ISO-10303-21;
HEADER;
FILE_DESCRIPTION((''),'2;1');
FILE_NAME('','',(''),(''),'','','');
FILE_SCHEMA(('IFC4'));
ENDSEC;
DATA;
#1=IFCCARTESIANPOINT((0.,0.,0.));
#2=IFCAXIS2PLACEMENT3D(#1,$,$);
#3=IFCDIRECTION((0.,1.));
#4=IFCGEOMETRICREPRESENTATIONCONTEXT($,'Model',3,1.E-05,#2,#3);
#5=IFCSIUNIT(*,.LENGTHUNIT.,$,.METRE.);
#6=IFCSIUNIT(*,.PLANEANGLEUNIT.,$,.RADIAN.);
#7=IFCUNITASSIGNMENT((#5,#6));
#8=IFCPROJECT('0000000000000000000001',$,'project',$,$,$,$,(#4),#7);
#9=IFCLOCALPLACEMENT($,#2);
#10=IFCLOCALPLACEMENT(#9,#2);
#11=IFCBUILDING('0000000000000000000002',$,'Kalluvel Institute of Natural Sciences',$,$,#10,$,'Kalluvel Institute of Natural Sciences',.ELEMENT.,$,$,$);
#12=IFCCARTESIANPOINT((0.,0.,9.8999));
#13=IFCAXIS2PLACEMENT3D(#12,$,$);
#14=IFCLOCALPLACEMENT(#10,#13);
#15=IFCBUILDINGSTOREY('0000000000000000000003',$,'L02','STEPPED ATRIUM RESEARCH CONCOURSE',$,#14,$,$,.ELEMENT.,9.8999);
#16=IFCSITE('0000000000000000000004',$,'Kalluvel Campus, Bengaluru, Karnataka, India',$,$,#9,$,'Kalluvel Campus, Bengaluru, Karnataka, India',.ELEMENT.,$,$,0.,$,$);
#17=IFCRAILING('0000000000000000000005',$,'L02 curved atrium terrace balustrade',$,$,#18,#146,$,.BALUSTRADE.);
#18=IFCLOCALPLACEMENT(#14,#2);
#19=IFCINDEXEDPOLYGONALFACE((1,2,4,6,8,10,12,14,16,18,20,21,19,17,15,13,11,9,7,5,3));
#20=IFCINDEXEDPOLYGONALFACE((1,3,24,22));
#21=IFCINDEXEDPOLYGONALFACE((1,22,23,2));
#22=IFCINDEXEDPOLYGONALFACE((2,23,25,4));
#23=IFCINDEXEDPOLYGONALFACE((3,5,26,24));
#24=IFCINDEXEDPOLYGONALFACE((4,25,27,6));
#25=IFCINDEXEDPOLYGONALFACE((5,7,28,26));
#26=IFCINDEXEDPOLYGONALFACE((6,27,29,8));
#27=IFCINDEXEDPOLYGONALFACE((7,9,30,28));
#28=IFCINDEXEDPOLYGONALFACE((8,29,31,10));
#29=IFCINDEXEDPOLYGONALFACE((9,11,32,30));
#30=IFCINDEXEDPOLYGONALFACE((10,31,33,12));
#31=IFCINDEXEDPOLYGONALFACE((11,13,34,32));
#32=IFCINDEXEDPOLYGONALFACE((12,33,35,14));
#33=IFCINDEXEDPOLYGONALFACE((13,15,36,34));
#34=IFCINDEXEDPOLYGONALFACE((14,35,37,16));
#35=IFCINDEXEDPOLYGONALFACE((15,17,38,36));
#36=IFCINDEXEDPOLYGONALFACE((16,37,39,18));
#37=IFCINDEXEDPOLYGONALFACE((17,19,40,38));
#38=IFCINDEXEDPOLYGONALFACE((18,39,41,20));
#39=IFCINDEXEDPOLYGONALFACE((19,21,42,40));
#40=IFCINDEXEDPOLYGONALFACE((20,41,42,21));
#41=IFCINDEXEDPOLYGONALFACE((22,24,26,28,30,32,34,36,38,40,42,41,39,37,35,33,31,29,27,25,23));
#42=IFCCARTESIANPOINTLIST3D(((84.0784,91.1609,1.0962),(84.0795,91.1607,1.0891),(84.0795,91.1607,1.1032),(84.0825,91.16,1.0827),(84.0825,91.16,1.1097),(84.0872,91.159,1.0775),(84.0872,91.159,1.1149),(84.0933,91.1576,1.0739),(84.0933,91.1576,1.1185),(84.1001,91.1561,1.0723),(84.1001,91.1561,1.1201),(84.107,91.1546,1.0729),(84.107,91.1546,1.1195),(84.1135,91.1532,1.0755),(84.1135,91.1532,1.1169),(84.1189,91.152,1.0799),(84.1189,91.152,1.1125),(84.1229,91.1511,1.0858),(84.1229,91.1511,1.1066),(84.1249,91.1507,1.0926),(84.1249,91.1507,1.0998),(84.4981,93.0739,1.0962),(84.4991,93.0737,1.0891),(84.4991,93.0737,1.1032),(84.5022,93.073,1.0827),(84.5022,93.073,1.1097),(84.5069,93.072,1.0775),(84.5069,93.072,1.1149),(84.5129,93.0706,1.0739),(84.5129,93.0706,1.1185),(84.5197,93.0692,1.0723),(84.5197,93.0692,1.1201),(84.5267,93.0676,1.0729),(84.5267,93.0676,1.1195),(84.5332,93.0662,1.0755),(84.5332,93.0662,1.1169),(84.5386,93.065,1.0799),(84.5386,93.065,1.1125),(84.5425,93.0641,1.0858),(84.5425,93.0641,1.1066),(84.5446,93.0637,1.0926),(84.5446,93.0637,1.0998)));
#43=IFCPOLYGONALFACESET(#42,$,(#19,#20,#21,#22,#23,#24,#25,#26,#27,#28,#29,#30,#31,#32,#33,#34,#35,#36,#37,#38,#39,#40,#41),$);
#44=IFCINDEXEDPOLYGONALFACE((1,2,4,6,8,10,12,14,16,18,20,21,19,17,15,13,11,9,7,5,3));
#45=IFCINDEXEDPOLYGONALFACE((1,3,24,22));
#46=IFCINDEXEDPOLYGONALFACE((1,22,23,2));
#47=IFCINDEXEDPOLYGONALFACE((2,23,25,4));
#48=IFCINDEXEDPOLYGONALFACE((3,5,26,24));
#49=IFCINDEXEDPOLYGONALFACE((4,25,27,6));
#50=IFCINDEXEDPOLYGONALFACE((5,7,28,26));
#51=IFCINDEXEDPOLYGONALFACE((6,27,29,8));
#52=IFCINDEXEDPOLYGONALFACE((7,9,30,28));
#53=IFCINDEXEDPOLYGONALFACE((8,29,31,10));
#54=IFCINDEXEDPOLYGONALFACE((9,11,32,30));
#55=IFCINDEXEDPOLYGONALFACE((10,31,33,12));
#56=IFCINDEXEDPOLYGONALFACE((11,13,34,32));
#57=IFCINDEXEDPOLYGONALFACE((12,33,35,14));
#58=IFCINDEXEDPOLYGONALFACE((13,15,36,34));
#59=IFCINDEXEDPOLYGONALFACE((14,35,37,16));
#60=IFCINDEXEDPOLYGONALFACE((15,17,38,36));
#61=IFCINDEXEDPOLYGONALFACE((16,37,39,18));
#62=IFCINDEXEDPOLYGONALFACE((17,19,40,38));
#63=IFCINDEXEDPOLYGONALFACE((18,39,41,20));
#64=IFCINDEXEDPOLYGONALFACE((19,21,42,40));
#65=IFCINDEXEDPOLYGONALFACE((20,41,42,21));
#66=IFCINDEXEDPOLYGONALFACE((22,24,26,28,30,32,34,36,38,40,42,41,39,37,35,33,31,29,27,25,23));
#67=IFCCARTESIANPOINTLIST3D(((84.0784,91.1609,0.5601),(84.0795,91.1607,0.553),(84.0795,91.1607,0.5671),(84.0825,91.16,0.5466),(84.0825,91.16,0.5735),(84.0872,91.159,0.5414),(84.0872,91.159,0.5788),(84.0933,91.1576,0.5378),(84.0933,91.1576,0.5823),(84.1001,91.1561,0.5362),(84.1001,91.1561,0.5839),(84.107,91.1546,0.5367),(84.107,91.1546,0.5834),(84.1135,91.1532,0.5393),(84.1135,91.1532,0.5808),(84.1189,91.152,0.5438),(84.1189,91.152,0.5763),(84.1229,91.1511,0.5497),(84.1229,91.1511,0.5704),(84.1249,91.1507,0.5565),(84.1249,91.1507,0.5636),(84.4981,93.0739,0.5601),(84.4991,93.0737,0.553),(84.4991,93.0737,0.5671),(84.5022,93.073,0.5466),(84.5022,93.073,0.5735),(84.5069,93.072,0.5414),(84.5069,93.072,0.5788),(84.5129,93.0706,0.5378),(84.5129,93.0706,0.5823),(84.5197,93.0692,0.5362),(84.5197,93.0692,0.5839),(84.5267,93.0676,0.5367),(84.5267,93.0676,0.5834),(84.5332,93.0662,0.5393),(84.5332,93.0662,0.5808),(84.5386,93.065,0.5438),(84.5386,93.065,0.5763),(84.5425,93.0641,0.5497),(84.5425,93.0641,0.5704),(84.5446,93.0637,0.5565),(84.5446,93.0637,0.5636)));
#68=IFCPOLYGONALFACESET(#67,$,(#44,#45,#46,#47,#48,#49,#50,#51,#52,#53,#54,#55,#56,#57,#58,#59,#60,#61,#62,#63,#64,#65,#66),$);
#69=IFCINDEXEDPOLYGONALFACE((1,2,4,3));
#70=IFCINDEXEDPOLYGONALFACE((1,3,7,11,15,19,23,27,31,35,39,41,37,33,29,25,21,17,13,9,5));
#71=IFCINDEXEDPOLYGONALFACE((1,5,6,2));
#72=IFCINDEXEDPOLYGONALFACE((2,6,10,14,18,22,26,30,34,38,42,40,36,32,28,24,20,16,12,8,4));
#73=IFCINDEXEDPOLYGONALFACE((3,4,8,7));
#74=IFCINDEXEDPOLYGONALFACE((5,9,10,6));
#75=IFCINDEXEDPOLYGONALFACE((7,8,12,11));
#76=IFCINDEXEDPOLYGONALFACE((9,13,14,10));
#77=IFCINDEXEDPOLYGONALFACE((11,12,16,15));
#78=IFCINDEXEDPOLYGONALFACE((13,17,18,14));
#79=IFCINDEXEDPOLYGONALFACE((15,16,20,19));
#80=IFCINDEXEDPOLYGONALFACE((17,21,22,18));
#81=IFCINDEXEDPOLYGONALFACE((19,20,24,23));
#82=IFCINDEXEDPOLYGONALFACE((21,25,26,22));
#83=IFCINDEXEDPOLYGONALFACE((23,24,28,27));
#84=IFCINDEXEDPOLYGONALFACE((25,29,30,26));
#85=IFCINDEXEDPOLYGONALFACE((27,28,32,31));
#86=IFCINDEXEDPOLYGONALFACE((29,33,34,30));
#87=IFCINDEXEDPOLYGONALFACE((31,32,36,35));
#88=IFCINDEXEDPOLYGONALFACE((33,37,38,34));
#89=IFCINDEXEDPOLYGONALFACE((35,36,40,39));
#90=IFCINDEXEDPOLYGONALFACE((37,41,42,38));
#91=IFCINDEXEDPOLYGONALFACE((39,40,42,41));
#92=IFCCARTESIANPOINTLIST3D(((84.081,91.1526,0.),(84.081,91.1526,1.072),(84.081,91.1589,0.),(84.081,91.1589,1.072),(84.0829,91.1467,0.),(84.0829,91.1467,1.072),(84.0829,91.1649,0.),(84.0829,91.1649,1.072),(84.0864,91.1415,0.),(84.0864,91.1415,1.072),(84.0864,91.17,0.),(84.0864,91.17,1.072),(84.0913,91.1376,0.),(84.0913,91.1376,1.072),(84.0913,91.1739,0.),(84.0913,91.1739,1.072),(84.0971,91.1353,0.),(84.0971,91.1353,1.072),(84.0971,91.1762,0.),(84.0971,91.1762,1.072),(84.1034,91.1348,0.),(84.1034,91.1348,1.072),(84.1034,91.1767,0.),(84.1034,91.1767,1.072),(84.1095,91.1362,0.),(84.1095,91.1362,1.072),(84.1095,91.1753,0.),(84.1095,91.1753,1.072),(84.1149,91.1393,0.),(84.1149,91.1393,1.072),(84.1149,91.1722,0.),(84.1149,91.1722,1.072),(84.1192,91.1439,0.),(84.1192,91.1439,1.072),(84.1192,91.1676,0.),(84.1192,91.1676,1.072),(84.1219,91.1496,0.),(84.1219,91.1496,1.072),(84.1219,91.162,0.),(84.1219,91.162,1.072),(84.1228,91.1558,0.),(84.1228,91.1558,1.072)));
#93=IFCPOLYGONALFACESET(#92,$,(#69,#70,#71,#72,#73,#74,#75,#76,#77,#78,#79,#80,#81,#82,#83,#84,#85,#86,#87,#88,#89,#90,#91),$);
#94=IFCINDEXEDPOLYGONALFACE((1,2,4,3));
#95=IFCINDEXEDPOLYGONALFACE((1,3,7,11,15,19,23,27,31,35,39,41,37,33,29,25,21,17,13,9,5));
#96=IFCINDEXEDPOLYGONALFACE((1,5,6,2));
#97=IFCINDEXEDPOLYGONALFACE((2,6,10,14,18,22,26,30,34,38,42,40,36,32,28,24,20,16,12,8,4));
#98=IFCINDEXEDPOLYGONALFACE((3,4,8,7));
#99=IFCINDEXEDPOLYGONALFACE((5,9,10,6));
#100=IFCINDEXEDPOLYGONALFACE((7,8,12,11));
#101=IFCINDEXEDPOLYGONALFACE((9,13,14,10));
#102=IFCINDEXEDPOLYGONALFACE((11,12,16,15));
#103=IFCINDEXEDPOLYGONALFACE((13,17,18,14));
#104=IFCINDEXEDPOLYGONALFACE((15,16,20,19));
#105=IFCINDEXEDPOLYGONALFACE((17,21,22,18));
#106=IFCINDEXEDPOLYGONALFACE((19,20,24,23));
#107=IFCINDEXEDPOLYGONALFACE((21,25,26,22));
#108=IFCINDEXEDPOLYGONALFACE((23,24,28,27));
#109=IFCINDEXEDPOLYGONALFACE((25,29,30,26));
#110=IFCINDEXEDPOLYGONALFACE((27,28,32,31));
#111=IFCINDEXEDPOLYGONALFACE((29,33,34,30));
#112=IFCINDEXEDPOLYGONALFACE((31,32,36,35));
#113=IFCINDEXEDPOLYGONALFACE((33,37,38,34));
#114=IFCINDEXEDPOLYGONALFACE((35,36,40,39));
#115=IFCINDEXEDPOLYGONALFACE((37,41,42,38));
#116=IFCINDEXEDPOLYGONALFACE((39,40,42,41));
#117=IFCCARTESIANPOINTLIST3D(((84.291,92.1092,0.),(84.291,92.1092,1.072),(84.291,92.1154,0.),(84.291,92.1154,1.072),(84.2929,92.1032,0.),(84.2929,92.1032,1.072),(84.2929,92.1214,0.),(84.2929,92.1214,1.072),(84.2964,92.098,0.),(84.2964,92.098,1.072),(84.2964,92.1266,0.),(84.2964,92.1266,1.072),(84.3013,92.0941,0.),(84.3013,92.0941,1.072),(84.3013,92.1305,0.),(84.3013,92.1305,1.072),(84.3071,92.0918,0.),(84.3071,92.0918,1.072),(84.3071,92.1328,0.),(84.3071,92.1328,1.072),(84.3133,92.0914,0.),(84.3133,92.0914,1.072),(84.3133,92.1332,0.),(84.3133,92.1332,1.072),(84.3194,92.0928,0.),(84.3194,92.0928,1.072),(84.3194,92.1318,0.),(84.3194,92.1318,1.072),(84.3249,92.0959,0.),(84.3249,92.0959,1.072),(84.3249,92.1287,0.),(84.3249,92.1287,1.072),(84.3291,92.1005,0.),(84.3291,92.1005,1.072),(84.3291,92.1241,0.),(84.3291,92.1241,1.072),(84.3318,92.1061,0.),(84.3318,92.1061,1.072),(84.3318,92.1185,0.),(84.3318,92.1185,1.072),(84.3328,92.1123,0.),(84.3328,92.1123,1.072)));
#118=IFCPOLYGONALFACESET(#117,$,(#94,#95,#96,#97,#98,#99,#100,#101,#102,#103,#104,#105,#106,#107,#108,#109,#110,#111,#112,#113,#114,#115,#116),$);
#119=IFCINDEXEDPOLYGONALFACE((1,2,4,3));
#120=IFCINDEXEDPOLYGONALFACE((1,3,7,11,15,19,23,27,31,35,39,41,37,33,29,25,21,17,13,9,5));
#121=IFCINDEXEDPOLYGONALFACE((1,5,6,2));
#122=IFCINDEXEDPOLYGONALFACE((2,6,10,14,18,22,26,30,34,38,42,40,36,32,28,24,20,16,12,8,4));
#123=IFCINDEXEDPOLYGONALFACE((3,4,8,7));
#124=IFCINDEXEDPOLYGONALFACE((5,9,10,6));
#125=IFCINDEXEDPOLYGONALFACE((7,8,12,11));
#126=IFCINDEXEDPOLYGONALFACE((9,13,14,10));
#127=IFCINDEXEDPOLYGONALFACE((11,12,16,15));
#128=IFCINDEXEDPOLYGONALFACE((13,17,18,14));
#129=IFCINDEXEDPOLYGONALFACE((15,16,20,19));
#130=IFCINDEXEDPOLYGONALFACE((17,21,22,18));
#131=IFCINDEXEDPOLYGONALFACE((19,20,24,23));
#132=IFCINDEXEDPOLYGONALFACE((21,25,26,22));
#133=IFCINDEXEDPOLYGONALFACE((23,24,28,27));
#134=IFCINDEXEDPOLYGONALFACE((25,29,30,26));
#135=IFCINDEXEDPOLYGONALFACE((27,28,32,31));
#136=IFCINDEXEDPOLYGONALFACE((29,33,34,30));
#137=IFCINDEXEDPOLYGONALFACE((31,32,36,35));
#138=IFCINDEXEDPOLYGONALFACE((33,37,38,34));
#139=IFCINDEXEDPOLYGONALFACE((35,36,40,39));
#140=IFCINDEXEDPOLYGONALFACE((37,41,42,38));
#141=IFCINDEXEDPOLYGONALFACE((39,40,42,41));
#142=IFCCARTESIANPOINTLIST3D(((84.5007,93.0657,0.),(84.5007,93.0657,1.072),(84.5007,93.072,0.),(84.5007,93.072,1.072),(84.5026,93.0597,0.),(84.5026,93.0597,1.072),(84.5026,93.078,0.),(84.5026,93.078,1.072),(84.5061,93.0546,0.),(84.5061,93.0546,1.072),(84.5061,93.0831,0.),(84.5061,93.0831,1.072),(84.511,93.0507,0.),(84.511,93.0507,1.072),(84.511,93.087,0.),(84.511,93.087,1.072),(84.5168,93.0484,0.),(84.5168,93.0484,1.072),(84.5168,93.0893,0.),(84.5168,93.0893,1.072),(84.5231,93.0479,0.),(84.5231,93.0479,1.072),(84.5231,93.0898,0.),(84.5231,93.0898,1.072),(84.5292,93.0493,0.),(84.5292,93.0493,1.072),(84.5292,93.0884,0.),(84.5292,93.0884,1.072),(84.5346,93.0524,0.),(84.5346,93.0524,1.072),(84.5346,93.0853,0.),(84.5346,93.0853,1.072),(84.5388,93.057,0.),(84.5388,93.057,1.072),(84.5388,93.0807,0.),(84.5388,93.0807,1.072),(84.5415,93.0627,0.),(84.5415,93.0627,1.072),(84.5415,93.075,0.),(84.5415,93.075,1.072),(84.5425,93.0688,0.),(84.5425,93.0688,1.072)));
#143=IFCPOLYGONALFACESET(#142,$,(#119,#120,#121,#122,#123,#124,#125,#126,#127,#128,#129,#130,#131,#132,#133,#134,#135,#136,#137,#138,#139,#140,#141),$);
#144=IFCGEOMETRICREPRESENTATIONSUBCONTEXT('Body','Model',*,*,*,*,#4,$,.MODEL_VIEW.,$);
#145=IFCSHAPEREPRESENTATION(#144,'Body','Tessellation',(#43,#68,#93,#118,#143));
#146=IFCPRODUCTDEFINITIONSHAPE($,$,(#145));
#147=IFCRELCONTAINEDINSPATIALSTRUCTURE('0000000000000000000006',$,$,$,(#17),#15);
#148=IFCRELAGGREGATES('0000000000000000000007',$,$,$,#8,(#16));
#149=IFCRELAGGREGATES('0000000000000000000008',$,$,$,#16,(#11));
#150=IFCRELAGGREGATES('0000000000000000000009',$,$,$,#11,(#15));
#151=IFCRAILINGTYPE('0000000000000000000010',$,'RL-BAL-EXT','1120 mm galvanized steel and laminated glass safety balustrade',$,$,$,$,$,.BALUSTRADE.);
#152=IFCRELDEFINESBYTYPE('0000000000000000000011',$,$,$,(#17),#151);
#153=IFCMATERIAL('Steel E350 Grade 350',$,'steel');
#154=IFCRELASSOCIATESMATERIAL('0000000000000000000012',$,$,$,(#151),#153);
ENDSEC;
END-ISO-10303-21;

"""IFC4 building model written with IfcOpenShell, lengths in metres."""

from ifc_helpers import new_model, si_unit, direction, frame, origin, origin_2d, place, context, subcontext, project, spatial, circle, extrude, material, type_object, element, save


model = new_model("IFC4")

# Units and contexts
model_context = context("Model", 3, precision=1e-05, world=origin(), true_north=direction((0.0, 1.0)))
body_context = subcontext(model_context, "Body", "Model", "MODEL_VIEW")
ifc_project = project(units=[si_unit("LENGTHUNIT", "METRE"), si_unit("PLANEANGLEUNIT", "RADIAN")], contexts=[model_context])

# Site, building, storey
site_placement = place(None, origin())
site = spatial("IfcSite", under=ifc_project, at=site_placement, Name="Kalluvel Campus, Bengaluru, Karnataka, India", LongName="Kalluvel Campus, Bengaluru, Karnataka, India", CompositionType="ELEMENT", RefElevation=0.0)
building_placement = place(site_placement, origin())
building = spatial("IfcBuilding", under=site, at=building_placement, Name="Kalluvel Institute of Natural Sciences", LongName="Kalluvel Institute of Natural Sciences", CompositionType="ELEMENT")
storey_placement = place(building_placement, frame((0.0, 0.0, 9.8999)))
storey = spatial("IfcBuildingStorey", under=building, at=storey_placement, Name="L02", Description="STEPPED ATRIUM RESEARCH CONCOURSE", CompositionType="ELEMENT", Elevation=9.8999)

# Railing
ifc_material_1 = material(Name="Steel E350 Grade 350", Category="steel")
railing_type = type_object("IfcRailingType", Name="RL-BAL-EXT", Description="1120 mm galvanized steel and laminated glass safety balustrade", PredefinedType="BALUSTRADE", material=ifc_material_1)
railing_1_placement = place(storey_placement, frame((84.1018, 91.1558, 0.0)))
element("IfcRailing", 1, at=railing_1_placement, inside=storey, type_object=railing_type, Name="L02 curved atrium terrace balustrade", PredefinedType="BALUSTRADE", context=body_context, shape_type="SweptSolid", body=[
    extrude(circle(Radius=0.0239, at=origin_2d()), frame((0.0, 0.0, 1.0962), z_axis=(0.214277, 0.976773, 0.0), x_axis=(-0.976773, 0.214277, 0.0)), (0.0, 0.0, 1.0), 1.9585),
    extrude(circle(Radius=0.0239, at=origin_2d()), frame((0.0, 0.0, 0.5601), z_axis=(0.214277, 0.976773, 0.0), x_axis=(-0.976773, 0.214277, 0.0)), (0.0, 0.0, 1.0), 1.9585),
    extrude(circle(Radius=0.021, at=origin_2d()), origin(), (0.0, 0.0, 1.0), 1.072),
    extrude(circle(Radius=0.021, at=origin_2d()), frame((0.21, 0.9565, 0.0)), (0.0, 0.0, 1.0), 1.072),
    extrude(circle(Radius=0.021, at=origin_2d()), frame((0.4197, 1.9131, 0.0)), (0.0, 0.0, 1.0), 1.072),
])

save(model, "model.ifc")
